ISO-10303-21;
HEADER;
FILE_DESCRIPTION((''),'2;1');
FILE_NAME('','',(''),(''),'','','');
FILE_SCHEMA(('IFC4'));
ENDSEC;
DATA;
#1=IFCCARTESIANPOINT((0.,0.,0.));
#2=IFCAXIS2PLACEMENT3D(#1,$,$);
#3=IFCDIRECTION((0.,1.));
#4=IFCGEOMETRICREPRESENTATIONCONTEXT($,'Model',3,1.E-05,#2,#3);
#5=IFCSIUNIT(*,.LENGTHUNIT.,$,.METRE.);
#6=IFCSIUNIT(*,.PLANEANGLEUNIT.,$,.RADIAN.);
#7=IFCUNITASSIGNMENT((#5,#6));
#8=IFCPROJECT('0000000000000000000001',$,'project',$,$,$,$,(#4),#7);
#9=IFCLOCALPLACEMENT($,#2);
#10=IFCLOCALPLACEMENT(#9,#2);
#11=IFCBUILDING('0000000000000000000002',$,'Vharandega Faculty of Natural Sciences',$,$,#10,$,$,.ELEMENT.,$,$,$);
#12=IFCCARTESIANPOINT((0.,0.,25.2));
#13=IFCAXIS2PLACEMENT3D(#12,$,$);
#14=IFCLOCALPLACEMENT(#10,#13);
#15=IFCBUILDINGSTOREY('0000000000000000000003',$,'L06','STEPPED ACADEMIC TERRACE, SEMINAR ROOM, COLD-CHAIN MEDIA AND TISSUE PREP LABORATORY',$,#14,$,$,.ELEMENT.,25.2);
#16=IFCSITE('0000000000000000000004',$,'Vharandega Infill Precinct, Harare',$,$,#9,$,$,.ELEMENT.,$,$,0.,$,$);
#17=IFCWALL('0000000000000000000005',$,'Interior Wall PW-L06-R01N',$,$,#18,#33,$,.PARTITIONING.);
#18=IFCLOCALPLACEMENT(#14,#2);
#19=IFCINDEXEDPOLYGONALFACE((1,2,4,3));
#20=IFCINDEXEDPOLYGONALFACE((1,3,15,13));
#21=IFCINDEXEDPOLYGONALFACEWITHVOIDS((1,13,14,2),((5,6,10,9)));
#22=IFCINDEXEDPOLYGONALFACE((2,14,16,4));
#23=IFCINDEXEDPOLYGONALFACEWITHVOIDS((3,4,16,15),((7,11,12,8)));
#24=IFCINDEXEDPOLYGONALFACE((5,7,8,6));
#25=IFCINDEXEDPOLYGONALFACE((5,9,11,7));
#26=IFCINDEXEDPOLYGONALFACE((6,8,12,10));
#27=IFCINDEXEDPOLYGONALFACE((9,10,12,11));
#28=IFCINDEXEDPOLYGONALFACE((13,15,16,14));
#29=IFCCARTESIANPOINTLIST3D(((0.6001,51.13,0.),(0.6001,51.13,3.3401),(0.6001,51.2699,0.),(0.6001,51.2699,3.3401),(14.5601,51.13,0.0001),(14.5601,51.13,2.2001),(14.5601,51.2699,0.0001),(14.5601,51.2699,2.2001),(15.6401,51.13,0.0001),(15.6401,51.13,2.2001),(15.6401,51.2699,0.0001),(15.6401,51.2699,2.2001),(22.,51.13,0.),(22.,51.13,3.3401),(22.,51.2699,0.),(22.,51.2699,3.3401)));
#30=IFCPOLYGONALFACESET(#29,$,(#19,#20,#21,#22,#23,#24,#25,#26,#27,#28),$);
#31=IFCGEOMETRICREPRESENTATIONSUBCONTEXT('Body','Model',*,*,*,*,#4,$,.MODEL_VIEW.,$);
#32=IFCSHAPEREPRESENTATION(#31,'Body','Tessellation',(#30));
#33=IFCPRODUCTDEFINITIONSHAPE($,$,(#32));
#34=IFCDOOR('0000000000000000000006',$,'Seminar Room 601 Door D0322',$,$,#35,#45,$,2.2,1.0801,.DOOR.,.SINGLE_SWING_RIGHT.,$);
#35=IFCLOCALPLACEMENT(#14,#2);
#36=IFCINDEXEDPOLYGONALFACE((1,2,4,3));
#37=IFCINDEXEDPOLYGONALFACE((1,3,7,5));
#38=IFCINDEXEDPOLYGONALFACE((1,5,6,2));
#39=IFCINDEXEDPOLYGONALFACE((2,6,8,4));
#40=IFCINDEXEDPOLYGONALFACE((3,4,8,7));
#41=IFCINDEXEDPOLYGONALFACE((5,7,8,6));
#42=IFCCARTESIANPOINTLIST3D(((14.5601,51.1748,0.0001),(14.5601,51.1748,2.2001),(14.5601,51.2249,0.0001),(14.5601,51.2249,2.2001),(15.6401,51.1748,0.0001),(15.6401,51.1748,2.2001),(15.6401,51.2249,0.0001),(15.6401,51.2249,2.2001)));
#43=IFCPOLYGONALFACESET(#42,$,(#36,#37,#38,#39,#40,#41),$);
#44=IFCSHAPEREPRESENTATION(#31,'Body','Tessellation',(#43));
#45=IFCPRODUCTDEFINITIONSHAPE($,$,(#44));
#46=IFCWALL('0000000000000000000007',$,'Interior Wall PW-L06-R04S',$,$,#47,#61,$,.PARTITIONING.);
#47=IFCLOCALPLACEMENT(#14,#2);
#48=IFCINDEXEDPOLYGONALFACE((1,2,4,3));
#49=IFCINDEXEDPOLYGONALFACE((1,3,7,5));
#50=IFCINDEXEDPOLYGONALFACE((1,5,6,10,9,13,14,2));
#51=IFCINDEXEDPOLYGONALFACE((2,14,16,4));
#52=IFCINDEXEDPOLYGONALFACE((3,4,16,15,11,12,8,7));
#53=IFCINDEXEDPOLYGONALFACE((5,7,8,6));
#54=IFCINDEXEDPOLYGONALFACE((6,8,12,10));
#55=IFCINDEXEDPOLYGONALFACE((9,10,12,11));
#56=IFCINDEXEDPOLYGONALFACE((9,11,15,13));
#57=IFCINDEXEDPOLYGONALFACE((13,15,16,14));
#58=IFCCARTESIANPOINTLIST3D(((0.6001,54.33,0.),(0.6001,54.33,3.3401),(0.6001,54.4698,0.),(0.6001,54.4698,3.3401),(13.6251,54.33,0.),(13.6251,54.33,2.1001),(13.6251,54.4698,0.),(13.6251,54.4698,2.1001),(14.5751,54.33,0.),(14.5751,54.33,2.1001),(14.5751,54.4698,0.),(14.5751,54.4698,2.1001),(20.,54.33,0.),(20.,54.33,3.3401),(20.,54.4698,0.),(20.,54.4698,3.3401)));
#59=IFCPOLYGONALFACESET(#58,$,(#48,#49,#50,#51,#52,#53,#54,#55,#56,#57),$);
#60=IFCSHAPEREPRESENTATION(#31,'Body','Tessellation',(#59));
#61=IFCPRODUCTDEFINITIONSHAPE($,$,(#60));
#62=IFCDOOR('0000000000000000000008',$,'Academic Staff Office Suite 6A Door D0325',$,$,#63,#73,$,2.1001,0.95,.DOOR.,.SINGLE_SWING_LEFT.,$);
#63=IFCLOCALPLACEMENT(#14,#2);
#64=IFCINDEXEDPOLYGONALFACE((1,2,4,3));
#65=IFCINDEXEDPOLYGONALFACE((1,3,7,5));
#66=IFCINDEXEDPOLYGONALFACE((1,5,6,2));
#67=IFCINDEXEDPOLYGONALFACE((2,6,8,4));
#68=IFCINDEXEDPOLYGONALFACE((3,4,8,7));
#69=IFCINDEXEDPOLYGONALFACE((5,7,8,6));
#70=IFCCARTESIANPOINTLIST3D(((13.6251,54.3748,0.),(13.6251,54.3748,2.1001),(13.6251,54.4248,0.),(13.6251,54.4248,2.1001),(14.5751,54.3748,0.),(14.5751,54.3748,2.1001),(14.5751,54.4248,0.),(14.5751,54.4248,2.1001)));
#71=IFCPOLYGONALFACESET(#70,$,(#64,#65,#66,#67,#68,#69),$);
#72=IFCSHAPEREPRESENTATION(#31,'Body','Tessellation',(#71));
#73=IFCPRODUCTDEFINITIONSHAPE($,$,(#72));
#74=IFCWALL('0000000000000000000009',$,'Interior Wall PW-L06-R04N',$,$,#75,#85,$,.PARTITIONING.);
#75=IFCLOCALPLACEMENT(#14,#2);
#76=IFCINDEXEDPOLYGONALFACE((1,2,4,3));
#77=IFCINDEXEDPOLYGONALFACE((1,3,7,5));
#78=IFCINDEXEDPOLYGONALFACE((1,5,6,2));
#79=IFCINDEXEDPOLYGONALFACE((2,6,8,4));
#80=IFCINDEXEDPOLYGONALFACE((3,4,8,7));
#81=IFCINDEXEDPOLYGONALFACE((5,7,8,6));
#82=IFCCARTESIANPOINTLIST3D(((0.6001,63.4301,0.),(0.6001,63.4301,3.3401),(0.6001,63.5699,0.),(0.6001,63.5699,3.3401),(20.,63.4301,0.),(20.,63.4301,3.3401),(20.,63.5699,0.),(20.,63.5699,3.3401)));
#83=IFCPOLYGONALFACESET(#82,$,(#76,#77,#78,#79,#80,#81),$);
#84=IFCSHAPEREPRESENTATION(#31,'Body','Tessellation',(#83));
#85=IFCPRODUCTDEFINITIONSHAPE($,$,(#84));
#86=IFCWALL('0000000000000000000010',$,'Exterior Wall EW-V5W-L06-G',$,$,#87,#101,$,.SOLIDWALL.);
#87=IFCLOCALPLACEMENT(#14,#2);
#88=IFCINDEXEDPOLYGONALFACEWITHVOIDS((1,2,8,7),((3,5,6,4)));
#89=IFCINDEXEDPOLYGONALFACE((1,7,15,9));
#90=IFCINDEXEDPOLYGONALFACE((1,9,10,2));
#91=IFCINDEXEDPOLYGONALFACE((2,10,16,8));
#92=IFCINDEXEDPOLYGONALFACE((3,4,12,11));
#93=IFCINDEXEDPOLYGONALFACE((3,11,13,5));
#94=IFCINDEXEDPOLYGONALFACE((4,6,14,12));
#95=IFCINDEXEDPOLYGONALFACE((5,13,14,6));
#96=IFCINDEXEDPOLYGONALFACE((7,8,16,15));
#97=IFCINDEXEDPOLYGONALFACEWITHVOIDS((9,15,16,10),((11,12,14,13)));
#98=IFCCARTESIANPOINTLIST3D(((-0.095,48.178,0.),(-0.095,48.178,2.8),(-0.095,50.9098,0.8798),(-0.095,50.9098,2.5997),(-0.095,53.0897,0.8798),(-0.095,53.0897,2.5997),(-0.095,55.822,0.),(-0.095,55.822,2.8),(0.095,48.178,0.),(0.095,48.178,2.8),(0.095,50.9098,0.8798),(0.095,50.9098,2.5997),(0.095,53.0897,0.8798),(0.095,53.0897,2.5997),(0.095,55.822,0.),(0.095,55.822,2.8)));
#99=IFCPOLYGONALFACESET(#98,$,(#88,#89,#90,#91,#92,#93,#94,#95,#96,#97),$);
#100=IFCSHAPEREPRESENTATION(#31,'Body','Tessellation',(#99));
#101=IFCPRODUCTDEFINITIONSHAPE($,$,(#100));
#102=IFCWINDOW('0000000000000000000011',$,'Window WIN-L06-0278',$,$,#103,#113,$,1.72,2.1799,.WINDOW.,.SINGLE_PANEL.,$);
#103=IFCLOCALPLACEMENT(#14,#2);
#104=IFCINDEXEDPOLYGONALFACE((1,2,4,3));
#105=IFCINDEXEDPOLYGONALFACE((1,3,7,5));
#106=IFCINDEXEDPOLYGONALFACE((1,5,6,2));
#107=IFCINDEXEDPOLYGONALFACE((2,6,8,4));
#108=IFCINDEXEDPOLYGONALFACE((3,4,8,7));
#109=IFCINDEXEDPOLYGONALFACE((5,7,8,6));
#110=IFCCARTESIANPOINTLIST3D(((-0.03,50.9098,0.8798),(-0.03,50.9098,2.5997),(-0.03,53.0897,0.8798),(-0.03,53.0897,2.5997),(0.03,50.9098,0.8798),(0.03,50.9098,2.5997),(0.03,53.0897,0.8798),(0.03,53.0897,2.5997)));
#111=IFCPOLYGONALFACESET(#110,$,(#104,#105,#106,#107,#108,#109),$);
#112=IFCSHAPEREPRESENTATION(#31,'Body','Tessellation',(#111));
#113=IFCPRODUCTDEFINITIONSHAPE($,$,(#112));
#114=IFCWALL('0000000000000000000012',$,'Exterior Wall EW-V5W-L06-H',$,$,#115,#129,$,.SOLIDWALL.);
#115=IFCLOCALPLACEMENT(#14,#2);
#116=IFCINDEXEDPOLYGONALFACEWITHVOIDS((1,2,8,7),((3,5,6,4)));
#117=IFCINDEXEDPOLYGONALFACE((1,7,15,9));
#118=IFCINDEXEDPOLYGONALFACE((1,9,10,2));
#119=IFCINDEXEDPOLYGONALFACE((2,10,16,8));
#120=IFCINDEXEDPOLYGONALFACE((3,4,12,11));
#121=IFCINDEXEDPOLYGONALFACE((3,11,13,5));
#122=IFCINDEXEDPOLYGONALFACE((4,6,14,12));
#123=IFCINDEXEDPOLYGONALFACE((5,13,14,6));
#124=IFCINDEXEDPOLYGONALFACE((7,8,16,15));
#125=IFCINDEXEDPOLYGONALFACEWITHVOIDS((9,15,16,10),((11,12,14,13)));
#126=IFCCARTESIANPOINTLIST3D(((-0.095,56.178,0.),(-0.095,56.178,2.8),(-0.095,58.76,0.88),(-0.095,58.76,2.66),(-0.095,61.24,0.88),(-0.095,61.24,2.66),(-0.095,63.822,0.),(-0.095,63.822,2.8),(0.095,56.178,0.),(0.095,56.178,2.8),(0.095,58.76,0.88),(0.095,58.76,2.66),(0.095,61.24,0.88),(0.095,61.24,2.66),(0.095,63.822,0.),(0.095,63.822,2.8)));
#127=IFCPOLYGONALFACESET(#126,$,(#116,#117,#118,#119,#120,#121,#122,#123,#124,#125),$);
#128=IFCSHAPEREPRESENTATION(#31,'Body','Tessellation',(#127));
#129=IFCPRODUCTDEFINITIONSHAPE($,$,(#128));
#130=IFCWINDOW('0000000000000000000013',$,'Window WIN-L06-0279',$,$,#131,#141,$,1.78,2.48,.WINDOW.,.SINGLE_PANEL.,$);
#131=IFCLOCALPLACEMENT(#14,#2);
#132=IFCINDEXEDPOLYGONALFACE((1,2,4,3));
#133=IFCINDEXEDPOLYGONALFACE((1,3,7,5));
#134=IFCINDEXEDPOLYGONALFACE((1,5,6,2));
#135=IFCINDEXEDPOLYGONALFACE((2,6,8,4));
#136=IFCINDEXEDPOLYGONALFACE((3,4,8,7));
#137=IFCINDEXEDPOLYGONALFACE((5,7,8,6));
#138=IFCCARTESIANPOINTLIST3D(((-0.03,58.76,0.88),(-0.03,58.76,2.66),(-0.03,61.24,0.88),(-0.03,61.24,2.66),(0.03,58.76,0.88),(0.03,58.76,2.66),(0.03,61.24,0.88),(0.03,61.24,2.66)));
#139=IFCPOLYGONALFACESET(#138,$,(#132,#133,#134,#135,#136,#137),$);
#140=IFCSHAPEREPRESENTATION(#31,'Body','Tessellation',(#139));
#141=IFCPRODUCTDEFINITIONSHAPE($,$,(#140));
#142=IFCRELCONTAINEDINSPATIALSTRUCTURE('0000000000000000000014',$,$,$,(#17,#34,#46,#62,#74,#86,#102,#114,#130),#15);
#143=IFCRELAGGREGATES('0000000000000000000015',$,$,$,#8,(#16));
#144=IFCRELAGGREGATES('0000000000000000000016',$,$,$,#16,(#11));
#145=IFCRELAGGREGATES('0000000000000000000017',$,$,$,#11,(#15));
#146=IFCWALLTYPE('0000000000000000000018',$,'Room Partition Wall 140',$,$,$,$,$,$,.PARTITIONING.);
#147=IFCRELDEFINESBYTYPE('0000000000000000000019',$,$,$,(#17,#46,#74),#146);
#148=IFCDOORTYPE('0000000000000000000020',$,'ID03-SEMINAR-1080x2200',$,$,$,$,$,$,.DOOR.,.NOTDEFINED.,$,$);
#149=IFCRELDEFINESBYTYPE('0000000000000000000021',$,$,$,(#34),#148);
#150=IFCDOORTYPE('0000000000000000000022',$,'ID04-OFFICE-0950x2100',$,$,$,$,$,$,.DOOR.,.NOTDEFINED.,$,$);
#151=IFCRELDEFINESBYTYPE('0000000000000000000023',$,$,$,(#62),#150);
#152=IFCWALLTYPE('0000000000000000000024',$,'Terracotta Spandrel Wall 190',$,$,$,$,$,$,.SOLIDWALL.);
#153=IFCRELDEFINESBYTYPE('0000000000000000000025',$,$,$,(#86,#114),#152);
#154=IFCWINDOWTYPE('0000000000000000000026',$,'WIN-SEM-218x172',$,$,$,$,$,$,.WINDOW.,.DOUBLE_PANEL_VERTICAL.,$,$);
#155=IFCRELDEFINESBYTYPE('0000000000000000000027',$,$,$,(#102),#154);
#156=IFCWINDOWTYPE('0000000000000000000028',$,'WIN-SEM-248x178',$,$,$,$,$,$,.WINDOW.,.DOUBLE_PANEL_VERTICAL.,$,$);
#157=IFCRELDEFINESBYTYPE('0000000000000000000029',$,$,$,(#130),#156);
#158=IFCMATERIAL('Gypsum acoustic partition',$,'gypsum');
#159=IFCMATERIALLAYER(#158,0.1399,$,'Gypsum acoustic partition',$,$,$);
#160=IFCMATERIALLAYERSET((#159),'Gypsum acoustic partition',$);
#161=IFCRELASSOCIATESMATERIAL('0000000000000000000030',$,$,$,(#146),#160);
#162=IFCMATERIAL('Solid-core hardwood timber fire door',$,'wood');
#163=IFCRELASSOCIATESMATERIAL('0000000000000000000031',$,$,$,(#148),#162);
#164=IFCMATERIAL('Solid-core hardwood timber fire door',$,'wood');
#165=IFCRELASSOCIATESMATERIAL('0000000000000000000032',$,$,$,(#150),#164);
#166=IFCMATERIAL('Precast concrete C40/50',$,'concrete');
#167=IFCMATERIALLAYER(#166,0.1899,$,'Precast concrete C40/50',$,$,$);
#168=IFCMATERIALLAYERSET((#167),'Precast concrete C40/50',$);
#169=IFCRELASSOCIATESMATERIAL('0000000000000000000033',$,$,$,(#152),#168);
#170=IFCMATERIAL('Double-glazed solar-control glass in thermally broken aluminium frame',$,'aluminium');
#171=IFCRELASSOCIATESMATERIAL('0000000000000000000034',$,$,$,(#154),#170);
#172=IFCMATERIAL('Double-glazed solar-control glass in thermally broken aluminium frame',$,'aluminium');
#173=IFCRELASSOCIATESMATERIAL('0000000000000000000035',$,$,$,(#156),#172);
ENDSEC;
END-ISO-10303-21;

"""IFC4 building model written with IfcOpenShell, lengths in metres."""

from ifc_helpers import new_model, si_unit, direction, frame, frame_2d, origin, place, context, subcontext, project, spatial, rectangle, extrude, material, layer, layer_set, type_object, element, fill, save


model = new_model("IFC4")

# Units and contexts
model_context = context("Model", 3, precision=1e-05, world=origin(), true_north=direction((0.0, 1.0)))
body_context = subcontext(model_context, "Body", "Model", "MODEL_VIEW")
ifc_project = project(units=[si_unit("LENGTHUNIT", "METRE"), si_unit("PLANEANGLEUNIT", "RADIAN")], contexts=[model_context])

# Site, building, storey
site_placement = place(None, origin())
site = spatial("IfcSite", under=ifc_project, at=site_placement, Name="Vharandega Infill Precinct, Harare", CompositionType="ELEMENT", RefElevation=0.0)
building_placement = place(site_placement, origin())
building = spatial("IfcBuilding", under=site, at=building_placement, Name="Vharandega Faculty of Natural Sciences", CompositionType="ELEMENT")
storey_placement = place(building_placement, frame((0.0, 0.0, 25.2)))
storey = spatial("IfcBuildingStorey", under=building, at=storey_placement, Name="L06", Description="STEPPED ACADEMIC TERRACE, SEMINAR ROOM, COLD-CHAIN MEDIA AND TISSUE PREP LABORATORY", CompositionType="ELEMENT", Elevation=25.2)

# Walls, openings, doors
ifc_material_1 = material(Name="Gypsum acoustic partition", Category="gypsum")
ifc_layer_1 = layer(ifc_material_1, 0.1399, Name="Gypsum acoustic partition")
ifc_layer_set_1 = layer_set([ifc_layer_1], Name="Gypsum acoustic partition")
wall_type_1 = type_object("IfcWallType", Name="Room Partition Wall 140", PredefinedType="PARTITIONING", material=ifc_layer_set_1)
wall_1_placement = place(storey_placement, frame((0.6001, 51.2, 0.0), z_axis=(0.0, 0.0, 1.0), x_axis=(1.0, 0.0, 0.0)))
wall_1 = element("IfcWall", 1, at=wall_1_placement, inside=storey, type_object=wall_type_1, Name="Interior Wall PW-L06-R01N", PredefinedType="PARTITIONING", context=body_context, shape_type="SweptSolid", body=[
    extrude(rectangle(XDim=21.3999, YDim=0.1399, at=frame_2d((10.7, 0.0))), origin(), (0.0, 0.0, 1.0), 3.3401),
])
opening_1_placement = place(wall_1_placement, frame((13.96, 0.0, 0.0)))
opening_1 = element("IfcOpeningElement", 2, at=opening_1_placement, cuts=wall_1, PredefinedType="OPENING", context=body_context, shape_type="SweptSolid", body=[
    extrude(rectangle(XDim=1.0801, YDim=2.2, at=frame_2d((0.54, 1.1001))), frame((0.0, 0.0801, 0.0), z_axis=(0.0, -1.0, 0.0), x_axis=(1.0, 0.0, 0.0)), (0.0, 0.0, 1.0), 0.1599),
])
ifc_material_2 = material(Name="Solid-core hardwood timber fire door", Category="wood")
door_type_1 = type_object("IfcDoorType", Name="ID03-SEMINAR-1080x2200", OperationType="NOTDEFINED", PredefinedType="DOOR", material=ifc_material_2)
door_1_placement = place(opening_1_placement, origin())
door_1 = element("IfcDoor", 3, at=door_1_placement, inside=storey, type_object=door_type_1, Name="Seminar Room 601 Door D0322", OperationType="SINGLE_SWING_RIGHT", OverallHeight=2.2, OverallWidth=1.0801, PredefinedType="DOOR", context=body_context, shape_type="SweptSolid", body=[
    extrude(rectangle(XDim=1.0801, YDim=2.2, at=frame_2d((0.54, 1.1001))), frame((0.0, 0.0249, 0.0), z_axis=(0.0, -1.0, 0.0), x_axis=(1.0, 0.0, 0.0)), (0.0, 0.0, 1.0), 0.05),
])
fill(opening_1, door_1)
wall_2_placement = place(storey_placement, frame((0.6001, 54.3999, 0.0), z_axis=(0.0, 0.0, 1.0), x_axis=(1.0, 0.0, 0.0)))
wall_2 = element("IfcWall", 4, at=wall_2_placement, inside=storey, type_object=wall_type_1, Name="Interior Wall PW-L06-R04S", PredefinedType="PARTITIONING", context=body_context, shape_type="SweptSolid", body=[
    extrude(rectangle(XDim=19.3999, YDim=0.1399, at=frame_2d((9.7, 0.0))), origin(), (0.0, 0.0, 1.0), 3.3401),
])
opening_2_placement = place(wall_2_placement, frame((13.0249, 0.0, 0.0)))
opening_2 = element("IfcOpeningElement", 5, at=opening_2_placement, cuts=wall_2, PredefinedType="OPENING", context=body_context, shape_type="SweptSolid", body=[
    extrude(rectangle(XDim=0.95, YDim=2.1001, at=frame_2d((0.4751, 1.05))), frame((0.0, 0.0801, 0.0), z_axis=(0.0, -1.0, 0.0), x_axis=(1.0, 0.0, 0.0)), (0.0, 0.0, 1.0), 0.1599),
])
ifc_material_3 = material(Name="Solid-core hardwood timber fire door", Category="wood")
door_type_2 = type_object("IfcDoorType", Name="ID04-OFFICE-0950x2100", OperationType="NOTDEFINED", PredefinedType="DOOR", material=ifc_material_3)
door_2_placement = place(opening_2_placement, origin())
door_2 = element("IfcDoor", 6, at=door_2_placement, inside=storey, type_object=door_type_2, Name="Academic Staff Office Suite 6A Door D0325", OperationType="SINGLE_SWING_LEFT", OverallHeight=2.1001, OverallWidth=0.95, PredefinedType="DOOR", context=body_context, shape_type="SweptSolid", body=[
    extrude(rectangle(XDim=0.95, YDim=2.1001, at=frame_2d((0.4751, 1.05))), frame((0.0, 0.0249, 0.0), z_axis=(0.0, -1.0, 0.0), x_axis=(1.0, 0.0, 0.0)), (0.0, 0.0, 1.0), 0.05),
])
fill(opening_2, door_2)

# Wall
wall_3_placement = place(storey_placement, frame((0.6001, 63.5, 0.0), z_axis=(0.0, 0.0, 1.0), x_axis=(1.0, 0.0, 0.0)))
element("IfcWall", 7, at=wall_3_placement, inside=storey, type_object=wall_type_1, Name="Interior Wall PW-L06-R04N", PredefinedType="PARTITIONING", context=body_context, shape_type="SweptSolid", body=[
    extrude(rectangle(XDim=19.3999, YDim=0.1399, at=frame_2d((9.7, 0.0))), origin(), (0.0, 0.0, 1.0), 3.3401),
])

# Walls, openings, windows
ifc_material_4 = material(Name="Precast concrete C40/50", Category="concrete")
ifc_layer_2 = layer(ifc_material_4, 0.1899, Name="Precast concrete C40/50")
ifc_layer_set_2 = layer_set([ifc_layer_2], Name="Precast concrete C40/50")
wall_type_2 = type_object("IfcWallType", Name="Terracotta Spandrel Wall 190", PredefinedType="SOLIDWALL", material=ifc_layer_set_2)
wall_4_placement = place(storey_placement, frame((0.0, 48.178, 0.0), z_axis=(0.0, 0.0, 1.0), x_axis=(0.0, 1.0, 0.0)))
wall_4 = element("IfcWall", 8, at=wall_4_placement, inside=storey, type_object=wall_type_2, Name="Exterior Wall EW-V5W-L06-G", PredefinedType="SOLIDWALL", context=body_context, shape_type="SweptSolid", body=[
    extrude(rectangle(XDim=7.644, YDim=0.1899, at=frame_2d((3.822, 0.0))), origin(), (0.0, 0.0, 1.0), 2.8),
])
opening_3_placement = place(wall_4_placement, frame((2.7319, 0.0, 0.8799)))
opening_3 = element("IfcOpeningElement", 9, at=opening_3_placement, cuts=wall_4, PredefinedType="OPENING", context=body_context, shape_type="SweptSolid", body=[
    extrude(rectangle(XDim=2.1799, YDim=1.72, at=frame_2d((1.0898, 0.8599))), frame((0.0, 0.105, 0.0), z_axis=(0.0, -1.0, 0.0), x_axis=(1.0, 0.0, 0.0)), (0.0, 0.0, 1.0), 0.21),
])
ifc_material_5 = material(Name="Double-glazed solar-control glass in thermally broken aluminium frame", Category="aluminium")
window_type_1 = type_object("IfcWindowType", Name="WIN-SEM-218x172", PartitioningType="DOUBLE_PANEL_VERTICAL", PredefinedType="WINDOW", material=ifc_material_5)
window_1_placement = place(opening_3_placement, origin())
window_1 = element("IfcWindow", 10, at=window_1_placement, inside=storey, type_object=window_type_1, Name="Window WIN-L06-0278", OverallHeight=1.72, OverallWidth=2.1799, PartitioningType="SINGLE_PANEL", PredefinedType="WINDOW", context=body_context, shape_type="SweptSolid", body=[
    extrude(rectangle(XDim=2.1799, YDim=1.72, at=frame_2d((1.0898, 0.8599))), frame((0.0, 0.03, 0.0), z_axis=(0.0, -1.0, 0.0), x_axis=(1.0, 0.0, 0.0)), (0.0, 0.0, 1.0), 0.0601),
])
fill(opening_3, window_1)
wall_5_placement = place(storey_placement, frame((0.0, 56.178, 0.0), z_axis=(0.0, 0.0, 1.0), x_axis=(0.0, 1.0, 0.0)))
wall_5 = element("IfcWall", 11, at=wall_5_placement, inside=storey, type_object=wall_type_2, Name="Exterior Wall EW-V5W-L06-H", PredefinedType="SOLIDWALL", context=body_context, shape_type="SweptSolid", body=[
    extrude(rectangle(XDim=7.644, YDim=0.1899, at=frame_2d((3.822, 0.0))), origin(), (0.0, 0.0, 1.0), 2.8),
])
opening_4_placement = place(wall_5_placement, frame((2.582, 0.0, 0.8799)))
opening_4 = element("IfcOpeningElement", 12, at=opening_4_placement, cuts=wall_5, PredefinedType="OPENING", context=body_context, shape_type="SweptSolid", body=[
    extrude(rectangle(XDim=2.48, YDim=1.78, at=frame_2d((1.24, 0.8901))), frame((0.0, 0.105, 0.0), z_axis=(0.0, -1.0, 0.0), x_axis=(1.0, 0.0, 0.0)), (0.0, 0.0, 1.0), 0.21),
])
ifc_material_6 = material(Name="Double-glazed solar-control glass in thermally broken aluminium frame", Category="aluminium")
window_type_2 = type_object("IfcWindowType", Name="WIN-SEM-248x178", PartitioningType="DOUBLE_PANEL_VERTICAL", PredefinedType="WINDOW", material=ifc_material_6)
window_2_placement = place(opening_4_placement, origin())
window_2 = element("IfcWindow", 13, at=window_2_placement, inside=storey, type_object=window_type_2, Name="Window WIN-L06-0279", OverallHeight=1.78, OverallWidth=2.48, PartitioningType="SINGLE_PANEL", PredefinedType="WINDOW", context=body_context, shape_type="SweptSolid", body=[
    extrude(rectangle(XDim=2.48, YDim=1.78, at=frame_2d((1.24, 0.8901))), frame((0.0, 0.03, 0.0), z_axis=(0.0, -1.0, 0.0), x_axis=(1.0, 0.0, 0.0)), (0.0, 0.0, 1.0), 0.0601),
])
fill(opening_4, window_2)

save(model, "model.ifc")
